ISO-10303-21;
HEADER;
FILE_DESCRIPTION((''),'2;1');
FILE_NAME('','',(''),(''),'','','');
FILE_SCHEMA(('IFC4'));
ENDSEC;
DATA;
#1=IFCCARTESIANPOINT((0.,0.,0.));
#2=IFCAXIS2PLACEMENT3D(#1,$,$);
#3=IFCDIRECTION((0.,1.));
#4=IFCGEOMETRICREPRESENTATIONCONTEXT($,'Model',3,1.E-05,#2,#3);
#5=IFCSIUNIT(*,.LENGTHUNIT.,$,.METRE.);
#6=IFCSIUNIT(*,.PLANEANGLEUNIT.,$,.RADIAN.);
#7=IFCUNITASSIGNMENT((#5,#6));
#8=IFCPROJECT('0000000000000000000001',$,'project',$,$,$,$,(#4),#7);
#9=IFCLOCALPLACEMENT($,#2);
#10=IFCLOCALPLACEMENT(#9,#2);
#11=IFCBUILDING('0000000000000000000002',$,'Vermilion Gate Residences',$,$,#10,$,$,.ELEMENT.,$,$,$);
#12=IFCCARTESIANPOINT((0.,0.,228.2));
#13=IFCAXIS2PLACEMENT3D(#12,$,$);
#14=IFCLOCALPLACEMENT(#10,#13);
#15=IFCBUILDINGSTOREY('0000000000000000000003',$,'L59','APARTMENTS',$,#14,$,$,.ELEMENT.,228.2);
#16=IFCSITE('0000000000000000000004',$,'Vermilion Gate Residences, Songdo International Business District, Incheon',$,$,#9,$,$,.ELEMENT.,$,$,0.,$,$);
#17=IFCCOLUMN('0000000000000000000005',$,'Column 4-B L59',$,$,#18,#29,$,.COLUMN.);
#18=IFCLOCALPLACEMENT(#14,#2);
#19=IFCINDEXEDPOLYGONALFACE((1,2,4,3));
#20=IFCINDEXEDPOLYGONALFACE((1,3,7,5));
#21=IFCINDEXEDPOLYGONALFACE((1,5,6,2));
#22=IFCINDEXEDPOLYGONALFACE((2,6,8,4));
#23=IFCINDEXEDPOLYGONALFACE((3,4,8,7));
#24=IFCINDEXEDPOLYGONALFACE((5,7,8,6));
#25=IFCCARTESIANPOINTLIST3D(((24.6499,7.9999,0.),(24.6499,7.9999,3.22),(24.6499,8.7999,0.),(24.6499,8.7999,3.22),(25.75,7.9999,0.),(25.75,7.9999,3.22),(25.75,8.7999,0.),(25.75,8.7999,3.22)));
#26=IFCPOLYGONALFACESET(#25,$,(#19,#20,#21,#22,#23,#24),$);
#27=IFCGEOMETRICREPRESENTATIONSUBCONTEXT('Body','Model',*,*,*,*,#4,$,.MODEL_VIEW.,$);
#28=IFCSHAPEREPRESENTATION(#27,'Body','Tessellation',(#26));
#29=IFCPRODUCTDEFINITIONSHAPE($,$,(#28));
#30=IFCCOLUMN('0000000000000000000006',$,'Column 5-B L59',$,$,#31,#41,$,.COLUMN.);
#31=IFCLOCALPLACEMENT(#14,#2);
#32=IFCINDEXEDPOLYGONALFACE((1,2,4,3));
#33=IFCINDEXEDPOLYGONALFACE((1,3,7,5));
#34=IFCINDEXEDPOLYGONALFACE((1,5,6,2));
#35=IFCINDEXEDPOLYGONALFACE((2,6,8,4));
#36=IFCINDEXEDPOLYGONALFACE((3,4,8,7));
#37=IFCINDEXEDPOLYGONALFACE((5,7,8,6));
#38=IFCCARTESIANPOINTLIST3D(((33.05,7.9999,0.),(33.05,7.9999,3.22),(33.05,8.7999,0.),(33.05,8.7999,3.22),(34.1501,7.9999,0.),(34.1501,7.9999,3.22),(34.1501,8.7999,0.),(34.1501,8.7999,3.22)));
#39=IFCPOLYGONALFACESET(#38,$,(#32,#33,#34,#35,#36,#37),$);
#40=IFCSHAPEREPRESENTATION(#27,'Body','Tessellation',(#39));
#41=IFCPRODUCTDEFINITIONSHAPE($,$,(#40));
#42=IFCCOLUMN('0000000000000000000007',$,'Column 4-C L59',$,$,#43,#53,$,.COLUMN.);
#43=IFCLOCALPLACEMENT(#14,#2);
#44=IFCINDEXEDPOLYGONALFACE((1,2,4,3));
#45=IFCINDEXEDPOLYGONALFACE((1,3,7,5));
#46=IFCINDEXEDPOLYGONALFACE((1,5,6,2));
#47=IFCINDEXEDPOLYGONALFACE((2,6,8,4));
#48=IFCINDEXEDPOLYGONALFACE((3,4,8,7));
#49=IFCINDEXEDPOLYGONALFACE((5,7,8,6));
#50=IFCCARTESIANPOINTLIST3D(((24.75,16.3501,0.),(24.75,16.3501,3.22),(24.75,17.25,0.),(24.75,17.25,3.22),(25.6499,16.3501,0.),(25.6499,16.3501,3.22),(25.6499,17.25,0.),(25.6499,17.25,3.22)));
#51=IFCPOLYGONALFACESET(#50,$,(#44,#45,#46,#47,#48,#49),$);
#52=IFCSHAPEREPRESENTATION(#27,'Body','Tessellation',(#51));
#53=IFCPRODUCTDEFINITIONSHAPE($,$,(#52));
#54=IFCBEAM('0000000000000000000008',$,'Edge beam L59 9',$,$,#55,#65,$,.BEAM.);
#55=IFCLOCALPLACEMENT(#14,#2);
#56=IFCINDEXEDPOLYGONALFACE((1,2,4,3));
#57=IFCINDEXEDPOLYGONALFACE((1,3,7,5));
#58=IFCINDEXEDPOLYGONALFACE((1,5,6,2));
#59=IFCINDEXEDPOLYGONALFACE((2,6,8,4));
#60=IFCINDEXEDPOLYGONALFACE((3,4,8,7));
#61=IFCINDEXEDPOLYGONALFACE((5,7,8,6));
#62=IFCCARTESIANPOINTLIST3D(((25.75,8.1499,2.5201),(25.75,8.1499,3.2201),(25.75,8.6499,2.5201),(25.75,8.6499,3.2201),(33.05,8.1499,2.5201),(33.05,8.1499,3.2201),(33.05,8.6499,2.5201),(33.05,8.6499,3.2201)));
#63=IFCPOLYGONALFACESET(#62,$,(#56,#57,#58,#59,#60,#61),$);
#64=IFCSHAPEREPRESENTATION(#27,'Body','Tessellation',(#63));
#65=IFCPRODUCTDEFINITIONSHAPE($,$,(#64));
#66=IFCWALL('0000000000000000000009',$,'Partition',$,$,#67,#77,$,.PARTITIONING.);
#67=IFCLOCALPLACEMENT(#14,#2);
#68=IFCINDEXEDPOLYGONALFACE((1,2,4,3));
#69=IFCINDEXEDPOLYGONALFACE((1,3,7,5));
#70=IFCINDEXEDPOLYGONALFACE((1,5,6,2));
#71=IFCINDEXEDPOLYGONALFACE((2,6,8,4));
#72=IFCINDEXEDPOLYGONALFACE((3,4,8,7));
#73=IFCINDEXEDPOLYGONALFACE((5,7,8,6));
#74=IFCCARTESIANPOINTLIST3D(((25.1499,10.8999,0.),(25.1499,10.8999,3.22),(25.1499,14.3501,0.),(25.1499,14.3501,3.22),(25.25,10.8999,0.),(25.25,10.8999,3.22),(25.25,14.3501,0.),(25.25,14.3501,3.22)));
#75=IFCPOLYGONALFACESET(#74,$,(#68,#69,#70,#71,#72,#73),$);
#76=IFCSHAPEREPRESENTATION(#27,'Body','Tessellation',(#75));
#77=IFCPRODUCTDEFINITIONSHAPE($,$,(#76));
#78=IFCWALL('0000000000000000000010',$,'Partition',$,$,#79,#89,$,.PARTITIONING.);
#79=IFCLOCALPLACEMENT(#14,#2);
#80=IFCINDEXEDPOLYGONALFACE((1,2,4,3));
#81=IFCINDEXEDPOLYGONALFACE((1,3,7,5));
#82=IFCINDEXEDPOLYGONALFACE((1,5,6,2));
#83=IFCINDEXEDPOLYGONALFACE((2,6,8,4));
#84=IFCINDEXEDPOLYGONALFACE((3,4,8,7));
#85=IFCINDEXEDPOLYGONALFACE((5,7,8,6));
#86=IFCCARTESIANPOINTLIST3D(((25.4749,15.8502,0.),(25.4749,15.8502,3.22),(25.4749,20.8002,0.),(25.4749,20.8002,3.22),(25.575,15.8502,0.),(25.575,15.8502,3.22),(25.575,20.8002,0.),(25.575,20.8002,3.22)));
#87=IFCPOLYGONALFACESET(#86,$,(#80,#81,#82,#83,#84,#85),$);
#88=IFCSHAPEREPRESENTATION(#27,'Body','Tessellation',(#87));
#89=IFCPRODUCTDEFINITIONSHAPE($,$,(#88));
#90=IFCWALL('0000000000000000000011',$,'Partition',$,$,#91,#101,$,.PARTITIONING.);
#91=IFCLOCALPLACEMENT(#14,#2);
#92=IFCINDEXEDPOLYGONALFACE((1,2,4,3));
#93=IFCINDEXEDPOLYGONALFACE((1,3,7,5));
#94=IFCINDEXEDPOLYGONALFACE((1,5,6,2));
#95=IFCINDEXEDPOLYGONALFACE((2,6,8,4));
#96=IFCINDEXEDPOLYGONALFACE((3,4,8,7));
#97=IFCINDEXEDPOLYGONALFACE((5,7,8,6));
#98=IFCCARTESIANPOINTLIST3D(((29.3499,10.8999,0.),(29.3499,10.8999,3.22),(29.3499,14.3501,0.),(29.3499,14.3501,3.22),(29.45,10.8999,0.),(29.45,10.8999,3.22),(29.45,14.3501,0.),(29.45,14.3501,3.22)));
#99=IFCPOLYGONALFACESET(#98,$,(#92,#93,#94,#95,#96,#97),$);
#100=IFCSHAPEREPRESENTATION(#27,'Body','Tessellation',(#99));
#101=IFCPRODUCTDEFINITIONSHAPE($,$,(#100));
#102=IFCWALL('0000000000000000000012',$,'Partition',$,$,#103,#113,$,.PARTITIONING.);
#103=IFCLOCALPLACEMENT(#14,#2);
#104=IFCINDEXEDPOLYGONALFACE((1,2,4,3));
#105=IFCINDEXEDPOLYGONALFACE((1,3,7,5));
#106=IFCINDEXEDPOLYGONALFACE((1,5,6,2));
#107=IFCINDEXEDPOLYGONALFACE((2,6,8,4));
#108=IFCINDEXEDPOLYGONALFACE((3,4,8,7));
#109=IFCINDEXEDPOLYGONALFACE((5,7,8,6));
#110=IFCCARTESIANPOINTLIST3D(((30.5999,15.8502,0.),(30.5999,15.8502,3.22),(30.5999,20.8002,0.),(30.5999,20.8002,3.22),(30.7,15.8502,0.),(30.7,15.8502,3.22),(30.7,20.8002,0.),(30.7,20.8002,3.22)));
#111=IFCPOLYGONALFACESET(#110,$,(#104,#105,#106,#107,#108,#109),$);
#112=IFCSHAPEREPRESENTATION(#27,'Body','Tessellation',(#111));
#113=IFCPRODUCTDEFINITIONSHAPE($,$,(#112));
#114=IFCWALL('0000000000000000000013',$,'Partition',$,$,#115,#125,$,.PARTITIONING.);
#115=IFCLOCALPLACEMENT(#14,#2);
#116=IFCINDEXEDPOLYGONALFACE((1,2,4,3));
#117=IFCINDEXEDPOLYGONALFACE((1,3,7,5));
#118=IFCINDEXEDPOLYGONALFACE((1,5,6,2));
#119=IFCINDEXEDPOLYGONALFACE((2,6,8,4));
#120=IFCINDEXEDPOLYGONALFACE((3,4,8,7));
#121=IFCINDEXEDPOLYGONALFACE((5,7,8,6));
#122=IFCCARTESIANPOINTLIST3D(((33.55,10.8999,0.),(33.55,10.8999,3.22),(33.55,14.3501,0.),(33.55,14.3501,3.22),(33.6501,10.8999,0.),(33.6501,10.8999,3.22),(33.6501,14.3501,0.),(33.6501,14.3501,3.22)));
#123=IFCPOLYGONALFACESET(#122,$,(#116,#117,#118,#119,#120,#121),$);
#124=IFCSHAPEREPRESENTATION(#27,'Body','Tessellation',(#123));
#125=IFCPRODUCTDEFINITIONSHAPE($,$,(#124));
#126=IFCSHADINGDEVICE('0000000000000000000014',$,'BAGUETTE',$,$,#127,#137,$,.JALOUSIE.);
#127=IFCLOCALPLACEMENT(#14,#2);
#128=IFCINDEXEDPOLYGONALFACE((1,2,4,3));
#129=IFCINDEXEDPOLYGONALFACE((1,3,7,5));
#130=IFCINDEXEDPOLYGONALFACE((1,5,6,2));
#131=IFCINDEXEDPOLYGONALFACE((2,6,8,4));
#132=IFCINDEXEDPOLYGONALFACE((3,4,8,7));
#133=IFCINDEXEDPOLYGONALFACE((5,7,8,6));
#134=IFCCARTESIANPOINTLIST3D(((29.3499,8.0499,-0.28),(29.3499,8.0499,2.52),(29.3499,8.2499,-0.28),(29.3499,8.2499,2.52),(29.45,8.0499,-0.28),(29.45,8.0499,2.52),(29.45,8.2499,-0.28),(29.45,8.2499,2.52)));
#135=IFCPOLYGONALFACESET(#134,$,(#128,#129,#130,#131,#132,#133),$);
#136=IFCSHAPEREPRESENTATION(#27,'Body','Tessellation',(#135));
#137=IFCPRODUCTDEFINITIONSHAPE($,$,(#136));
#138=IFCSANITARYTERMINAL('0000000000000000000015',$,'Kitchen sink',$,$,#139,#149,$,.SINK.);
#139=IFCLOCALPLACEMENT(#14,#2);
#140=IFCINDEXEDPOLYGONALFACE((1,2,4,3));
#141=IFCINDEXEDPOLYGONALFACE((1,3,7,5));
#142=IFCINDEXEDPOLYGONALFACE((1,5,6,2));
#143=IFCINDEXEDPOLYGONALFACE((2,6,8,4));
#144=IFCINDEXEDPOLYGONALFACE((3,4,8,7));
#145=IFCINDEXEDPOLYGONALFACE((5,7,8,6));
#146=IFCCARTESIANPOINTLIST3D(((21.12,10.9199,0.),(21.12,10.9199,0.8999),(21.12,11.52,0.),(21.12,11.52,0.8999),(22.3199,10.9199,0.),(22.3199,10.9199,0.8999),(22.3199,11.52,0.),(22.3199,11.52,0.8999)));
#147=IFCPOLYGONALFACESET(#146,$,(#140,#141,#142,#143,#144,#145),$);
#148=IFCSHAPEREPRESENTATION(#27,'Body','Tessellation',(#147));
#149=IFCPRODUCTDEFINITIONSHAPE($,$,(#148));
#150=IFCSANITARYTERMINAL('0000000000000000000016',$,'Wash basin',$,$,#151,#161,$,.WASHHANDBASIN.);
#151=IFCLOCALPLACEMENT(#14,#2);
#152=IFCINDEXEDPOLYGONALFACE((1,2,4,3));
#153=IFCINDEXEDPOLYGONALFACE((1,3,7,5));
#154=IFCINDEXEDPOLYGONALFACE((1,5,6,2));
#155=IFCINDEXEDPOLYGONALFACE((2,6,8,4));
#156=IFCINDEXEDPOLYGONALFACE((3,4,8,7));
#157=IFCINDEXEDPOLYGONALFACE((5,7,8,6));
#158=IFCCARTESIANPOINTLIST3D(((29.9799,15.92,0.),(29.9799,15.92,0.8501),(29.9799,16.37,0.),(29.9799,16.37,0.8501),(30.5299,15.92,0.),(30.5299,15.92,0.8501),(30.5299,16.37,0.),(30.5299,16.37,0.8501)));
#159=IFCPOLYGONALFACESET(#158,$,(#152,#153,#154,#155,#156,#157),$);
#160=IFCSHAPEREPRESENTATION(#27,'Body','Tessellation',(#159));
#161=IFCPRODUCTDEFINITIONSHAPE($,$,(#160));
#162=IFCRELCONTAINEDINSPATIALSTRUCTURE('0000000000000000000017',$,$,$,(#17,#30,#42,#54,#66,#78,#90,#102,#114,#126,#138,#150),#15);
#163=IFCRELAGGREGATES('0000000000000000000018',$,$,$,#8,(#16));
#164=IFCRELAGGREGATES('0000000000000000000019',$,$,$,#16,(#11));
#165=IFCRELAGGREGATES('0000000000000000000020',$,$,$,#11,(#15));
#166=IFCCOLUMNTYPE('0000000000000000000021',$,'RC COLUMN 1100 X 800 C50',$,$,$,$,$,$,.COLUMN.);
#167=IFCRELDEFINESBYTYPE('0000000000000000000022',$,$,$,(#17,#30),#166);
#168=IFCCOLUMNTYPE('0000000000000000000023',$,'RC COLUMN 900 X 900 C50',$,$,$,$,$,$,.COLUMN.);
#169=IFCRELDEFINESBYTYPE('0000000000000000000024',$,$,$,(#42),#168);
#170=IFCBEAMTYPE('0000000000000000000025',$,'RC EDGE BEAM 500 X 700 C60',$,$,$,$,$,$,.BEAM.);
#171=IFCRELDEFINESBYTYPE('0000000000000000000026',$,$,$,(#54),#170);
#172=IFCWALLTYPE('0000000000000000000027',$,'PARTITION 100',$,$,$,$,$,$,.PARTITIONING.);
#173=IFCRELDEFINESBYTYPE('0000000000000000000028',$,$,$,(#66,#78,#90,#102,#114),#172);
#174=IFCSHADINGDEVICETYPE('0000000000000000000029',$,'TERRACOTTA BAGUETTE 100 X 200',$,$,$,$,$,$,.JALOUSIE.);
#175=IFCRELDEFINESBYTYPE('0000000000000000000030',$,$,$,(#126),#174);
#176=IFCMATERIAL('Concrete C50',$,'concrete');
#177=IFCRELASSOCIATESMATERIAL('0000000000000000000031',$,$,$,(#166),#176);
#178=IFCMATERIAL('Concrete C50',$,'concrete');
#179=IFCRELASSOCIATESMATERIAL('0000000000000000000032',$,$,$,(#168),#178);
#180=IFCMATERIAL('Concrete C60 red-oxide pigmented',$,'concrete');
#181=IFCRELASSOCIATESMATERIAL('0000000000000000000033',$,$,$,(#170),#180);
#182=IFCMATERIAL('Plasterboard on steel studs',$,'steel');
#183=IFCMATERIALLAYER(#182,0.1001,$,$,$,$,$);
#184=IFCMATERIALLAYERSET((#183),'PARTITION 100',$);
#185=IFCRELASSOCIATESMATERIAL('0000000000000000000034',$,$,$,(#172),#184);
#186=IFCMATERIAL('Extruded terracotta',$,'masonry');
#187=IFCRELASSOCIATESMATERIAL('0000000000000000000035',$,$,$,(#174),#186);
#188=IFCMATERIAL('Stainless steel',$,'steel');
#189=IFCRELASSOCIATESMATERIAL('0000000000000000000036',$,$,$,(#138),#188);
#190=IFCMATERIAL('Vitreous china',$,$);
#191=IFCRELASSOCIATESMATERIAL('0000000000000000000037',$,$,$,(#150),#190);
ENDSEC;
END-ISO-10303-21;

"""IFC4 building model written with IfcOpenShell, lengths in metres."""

from ifc_helpers import new_model, si_unit, direction, frame, frame_2d, origin, origin_2d, place, context, subcontext, project, spatial, rectangle, extrude, material, layer, layer_set, material_profile, profile_set, type_object, element, save


model = new_model("IFC4")

# Units and contexts
model_context = context("Model", 3, precision=1e-05, world=origin(), true_north=direction((0.0, 1.0)))
body_context = subcontext(model_context, "Body", "Model", "MODEL_VIEW")
ifc_project = project(units=[si_unit("LENGTHUNIT", "METRE"), si_unit("PLANEANGLEUNIT", "RADIAN")], contexts=[model_context])

# Site, building, storey
site_placement = place(None, origin())
site = spatial("IfcSite", under=ifc_project, at=site_placement, Name="Vermilion Gate Residences, Songdo International Business District, Incheon", CompositionType="ELEMENT", RefElevation=0.0)
building_placement = place(site_placement, origin())
building = spatial("IfcBuilding", under=site, at=building_placement, Name="Vermilion Gate Residences", CompositionType="ELEMENT")
storey_placement = place(building_placement, frame((0.0, 0.0, 228.2)))
storey = spatial("IfcBuildingStorey", under=building, at=storey_placement, Name="L59", Description="APARTMENTS", CompositionType="ELEMENT", Elevation=228.2)

# Columns
ifc_material_1 = material(Name="Concrete C50", Category="concrete")
ifc_material_profile_1 = material_profile(ifc_material_1, rectangle(XDim=1.1001, YDim=0.8, at=origin_2d()), Name="RC-1100x800")
ifc_profile_set_1 = profile_set([ifc_material_profile_1], Name="Concrete C50")
column_type_1 = type_object("IfcColumnType", Name="RC COLUMN 1100 X 800 C50", PredefinedType="COLUMN", material=ifc_profile_set_1)
for number, where, z_axis, x_axis, name in (
    (1, (25.2, 8.3999, 0.0), (0.0, 0.0, 1.0), (1.0, 0.0, 0.0), "Column 4-B L59"),
    (2, (33.6001, 8.3999, 0.0), (0.0, 0.0, 1.0), (1.0, 0.0, 0.0), "Column 5-B L59"),
):
    element("IfcColumn", number, at=place(storey_placement, frame(where, z_axis=z_axis, x_axis=x_axis)), inside=storey, type_object=column_type_1, Name=name, PredefinedType="COLUMN", context=body_context, shape_type="SweptSolid", body=[
        extrude(rectangle(XDim=1.1001, YDim=0.8, at=origin_2d()), origin(), (0.0, 0.0, 1.0), 3.22),
    ])
ifc_material_2 = material(Name="Concrete C50", Category="concrete")
ifc_material_profile_2 = material_profile(ifc_material_2, rectangle(XDim=0.8999, YDim=0.8999, at=origin_2d()), Name="RC-900x900")
ifc_profile_set_2 = profile_set([ifc_material_profile_2], Name="Concrete C50")
column_type_2 = type_object("IfcColumnType", Name="RC COLUMN 900 X 900 C50", PredefinedType="COLUMN", material=ifc_profile_set_2)
column_placement = place(storey_placement, frame((25.2, 16.8, 0.0), z_axis=(0.0, 0.0, 1.0), x_axis=(1.0, 0.0, 0.0)))
element("IfcColumn", 3, at=column_placement, inside=storey, type_object=column_type_2, Name="Column 4-C L59", PredefinedType="COLUMN", context=body_context, shape_type="SweptSolid", body=[
    extrude(rectangle(XDim=0.8999, YDim=0.8999, at=origin_2d()), origin(), (0.0, 0.0, 1.0), 3.22),
])

# Beam
ifc_material_3 = material(Name="Concrete C60 red-oxide pigmented", Category="concrete")
ifc_material_profile_3 = material_profile(ifc_material_3, rectangle(XDim=0.5, YDim=0.7, at=origin_2d()), Name="RC-500x700")
ifc_profile_set_3 = profile_set([ifc_material_profile_3], Name="Concrete C60 red-oxide pigmented")
beam_type = type_object("IfcBeamType", Name="RC EDGE BEAM 500 X 700 C60", PredefinedType="BEAM", material=ifc_profile_set_3)
beam_placement = place(storey_placement, frame((25.75, 8.3999, 2.8701), z_axis=(1.0, 0.0, 0.0), x_axis=(0.0, 1.0, 0.0)))
element("IfcBeam", 4, at=beam_placement, inside=storey, type_object=beam_type, Name="Edge beam L59 9", PredefinedType="BEAM", context=body_context, shape_type="SweptSolid", body=[
    extrude(rectangle(XDim=0.5, YDim=0.7, at=origin_2d()), origin(), (0.0, 0.0, 1.0), 7.3),
])

# Walls
ifc_material_4 = material(Name="Plasterboard on steel studs", Category="steel")
ifc_layer = layer(ifc_material_4, 0.1001)
ifc_layer_set = layer_set([ifc_layer], Name="PARTITION 100")
wall_type = type_object("IfcWallType", Name="PARTITION 100", PredefinedType="PARTITIONING", material=ifc_layer_set)
wall_1_placement = place(storey_placement, frame((25.2, 10.8999, 0.0), z_axis=(0.0, 0.0, 1.0), x_axis=(0.0, 1.0, 0.0)))
element("IfcWall", 5, at=wall_1_placement, inside=storey, type_object=wall_type, Name="Partition", PredefinedType="PARTITIONING", context=body_context, shape_type="SweptSolid", body=[
    extrude(rectangle(XDim=3.4502, YDim=0.1001, at=frame_2d((1.7251, 0.0))), origin(), (0.0, 0.0, 1.0), 3.22),
])
wall_2_placement = place(storey_placement, frame((25.5249, 15.8501, 0.0), z_axis=(0.0, 0.0, 1.0), x_axis=(0.0, 1.0, 0.0)))
element("IfcWall", 6, at=wall_2_placement, inside=storey, type_object=wall_type, Name="Partition", PredefinedType="PARTITIONING", context=body_context, shape_type="SweptSolid", body=[
    extrude(rectangle(XDim=4.95, YDim=0.1001, at=frame_2d((2.4751, 0.0))), origin(), (0.0, 0.0, 1.0), 3.22),
])
wall_3_placement = place(storey_placement, frame((29.3999, 10.8999, 0.0), z_axis=(0.0, 0.0, 1.0), x_axis=(0.0, 1.0, 0.0)))
element("IfcWall", 7, at=wall_3_placement, inside=storey, type_object=wall_type, Name="Partition", PredefinedType="PARTITIONING", context=body_context, shape_type="SweptSolid", body=[
    extrude(rectangle(XDim=3.4502, YDim=0.1001, at=frame_2d((1.7251, 0.0))), origin(), (0.0, 0.0, 1.0), 3.22),
])
wall_4_placement = place(storey_placement, frame((30.6499, 15.8501, 0.0), z_axis=(0.0, 0.0, 1.0), x_axis=(0.0, 1.0, 0.0)))
element("IfcWall", 8, at=wall_4_placement, inside=storey, type_object=wall_type, Name="Partition", PredefinedType="PARTITIONING", context=body_context, shape_type="SweptSolid", body=[
    extrude(rectangle(XDim=4.95, YDim=0.1001, at=frame_2d((2.4751, 0.0))), origin(), (0.0, 0.0, 1.0), 3.22),
])
wall_5_placement = place(storey_placement, frame((33.6001, 10.8999, 0.0), z_axis=(0.0, 0.0, 1.0), x_axis=(0.0, 1.0, 0.0)))
element("IfcWall", 9, at=wall_5_placement, inside=storey, type_object=wall_type, Name="Partition", PredefinedType="PARTITIONING", context=body_context, shape_type="SweptSolid", body=[
    extrude(rectangle(XDim=3.4502, YDim=0.1001, at=frame_2d((1.7251, 0.0))), origin(), (0.0, 0.0, 1.0), 3.22),
])

# Shading device
ifc_material_5 = material(Name="Extruded terracotta", Category="masonry")
ifc_material_profile_4 = material_profile(ifc_material_5, rectangle(XDim=0.2, YDim=0.1001, at=origin_2d()), Name="BAGUETTE 100 X 200")
ifc_profile_set_4 = profile_set([ifc_material_profile_4], Name="Extruded terracotta")
shading_device_type = type_object("IfcShadingDeviceType", Name="TERRACOTTA BAGUETTE 100 X 200", PredefinedType="JALOUSIE", material=ifc_profile_set_4)
shading_device_placement = place(storey_placement, frame((29.3999, 8.1499, -0.28), z_axis=(0.0, 0.0, 1.0), x_axis=(0.0, 1.0, 0.0)))
element("IfcShadingDevice", 10, at=shading_device_placement, inside=storey, type_object=shading_device_type, Name="BAGUETTE", PredefinedType="JALOUSIE", context=body_context, shape_type="SweptSolid", body=[
    extrude(rectangle(XDim=0.2, YDim=0.1001, at=origin_2d()), origin(), (0.0, 0.0, 1.0), 2.8),
])

# Sanitary terminals
ifc_material_6 = material(Name="Stainless steel", Category="steel")
sanitary_terminal_1_placement = place(storey_placement, frame((21.72, 11.22, 0.0), z_axis=(0.0, 0.0, 1.0), x_axis=(1.0, 0.0, 0.0)))
element("IfcSanitaryTerminal", 11, at=sanitary_terminal_1_placement, inside=storey, material=ifc_material_6, Name="Kitchen sink", PredefinedType="SINK", context=body_context, shape_type="SweptSolid", body=[
    extrude(rectangle(XDim=1.2, YDim=0.6001, at=origin_2d()), origin(), (0.0, 0.0, 1.0), 0.8999),
])
ifc_material_7 = material(Name="Vitreous china")
sanitary_terminal_2_placement = place(storey_placement, frame((30.2549, 16.145, 0.0), z_axis=(0.0, 0.0, 1.0), x_axis=(1.0, 0.0, 0.0)))
element("IfcSanitaryTerminal", 12, at=sanitary_terminal_2_placement, inside=storey, material=ifc_material_7, Name="Wash basin", PredefinedType="WASHHANDBASIN", context=body_context, shape_type="SweptSolid", body=[
    extrude(rectangle(XDim=0.55, YDim=0.45, at=origin_2d()), origin(), (0.0, 0.0, 1.0), 0.8501),
])

save(model, "model.ifc")
